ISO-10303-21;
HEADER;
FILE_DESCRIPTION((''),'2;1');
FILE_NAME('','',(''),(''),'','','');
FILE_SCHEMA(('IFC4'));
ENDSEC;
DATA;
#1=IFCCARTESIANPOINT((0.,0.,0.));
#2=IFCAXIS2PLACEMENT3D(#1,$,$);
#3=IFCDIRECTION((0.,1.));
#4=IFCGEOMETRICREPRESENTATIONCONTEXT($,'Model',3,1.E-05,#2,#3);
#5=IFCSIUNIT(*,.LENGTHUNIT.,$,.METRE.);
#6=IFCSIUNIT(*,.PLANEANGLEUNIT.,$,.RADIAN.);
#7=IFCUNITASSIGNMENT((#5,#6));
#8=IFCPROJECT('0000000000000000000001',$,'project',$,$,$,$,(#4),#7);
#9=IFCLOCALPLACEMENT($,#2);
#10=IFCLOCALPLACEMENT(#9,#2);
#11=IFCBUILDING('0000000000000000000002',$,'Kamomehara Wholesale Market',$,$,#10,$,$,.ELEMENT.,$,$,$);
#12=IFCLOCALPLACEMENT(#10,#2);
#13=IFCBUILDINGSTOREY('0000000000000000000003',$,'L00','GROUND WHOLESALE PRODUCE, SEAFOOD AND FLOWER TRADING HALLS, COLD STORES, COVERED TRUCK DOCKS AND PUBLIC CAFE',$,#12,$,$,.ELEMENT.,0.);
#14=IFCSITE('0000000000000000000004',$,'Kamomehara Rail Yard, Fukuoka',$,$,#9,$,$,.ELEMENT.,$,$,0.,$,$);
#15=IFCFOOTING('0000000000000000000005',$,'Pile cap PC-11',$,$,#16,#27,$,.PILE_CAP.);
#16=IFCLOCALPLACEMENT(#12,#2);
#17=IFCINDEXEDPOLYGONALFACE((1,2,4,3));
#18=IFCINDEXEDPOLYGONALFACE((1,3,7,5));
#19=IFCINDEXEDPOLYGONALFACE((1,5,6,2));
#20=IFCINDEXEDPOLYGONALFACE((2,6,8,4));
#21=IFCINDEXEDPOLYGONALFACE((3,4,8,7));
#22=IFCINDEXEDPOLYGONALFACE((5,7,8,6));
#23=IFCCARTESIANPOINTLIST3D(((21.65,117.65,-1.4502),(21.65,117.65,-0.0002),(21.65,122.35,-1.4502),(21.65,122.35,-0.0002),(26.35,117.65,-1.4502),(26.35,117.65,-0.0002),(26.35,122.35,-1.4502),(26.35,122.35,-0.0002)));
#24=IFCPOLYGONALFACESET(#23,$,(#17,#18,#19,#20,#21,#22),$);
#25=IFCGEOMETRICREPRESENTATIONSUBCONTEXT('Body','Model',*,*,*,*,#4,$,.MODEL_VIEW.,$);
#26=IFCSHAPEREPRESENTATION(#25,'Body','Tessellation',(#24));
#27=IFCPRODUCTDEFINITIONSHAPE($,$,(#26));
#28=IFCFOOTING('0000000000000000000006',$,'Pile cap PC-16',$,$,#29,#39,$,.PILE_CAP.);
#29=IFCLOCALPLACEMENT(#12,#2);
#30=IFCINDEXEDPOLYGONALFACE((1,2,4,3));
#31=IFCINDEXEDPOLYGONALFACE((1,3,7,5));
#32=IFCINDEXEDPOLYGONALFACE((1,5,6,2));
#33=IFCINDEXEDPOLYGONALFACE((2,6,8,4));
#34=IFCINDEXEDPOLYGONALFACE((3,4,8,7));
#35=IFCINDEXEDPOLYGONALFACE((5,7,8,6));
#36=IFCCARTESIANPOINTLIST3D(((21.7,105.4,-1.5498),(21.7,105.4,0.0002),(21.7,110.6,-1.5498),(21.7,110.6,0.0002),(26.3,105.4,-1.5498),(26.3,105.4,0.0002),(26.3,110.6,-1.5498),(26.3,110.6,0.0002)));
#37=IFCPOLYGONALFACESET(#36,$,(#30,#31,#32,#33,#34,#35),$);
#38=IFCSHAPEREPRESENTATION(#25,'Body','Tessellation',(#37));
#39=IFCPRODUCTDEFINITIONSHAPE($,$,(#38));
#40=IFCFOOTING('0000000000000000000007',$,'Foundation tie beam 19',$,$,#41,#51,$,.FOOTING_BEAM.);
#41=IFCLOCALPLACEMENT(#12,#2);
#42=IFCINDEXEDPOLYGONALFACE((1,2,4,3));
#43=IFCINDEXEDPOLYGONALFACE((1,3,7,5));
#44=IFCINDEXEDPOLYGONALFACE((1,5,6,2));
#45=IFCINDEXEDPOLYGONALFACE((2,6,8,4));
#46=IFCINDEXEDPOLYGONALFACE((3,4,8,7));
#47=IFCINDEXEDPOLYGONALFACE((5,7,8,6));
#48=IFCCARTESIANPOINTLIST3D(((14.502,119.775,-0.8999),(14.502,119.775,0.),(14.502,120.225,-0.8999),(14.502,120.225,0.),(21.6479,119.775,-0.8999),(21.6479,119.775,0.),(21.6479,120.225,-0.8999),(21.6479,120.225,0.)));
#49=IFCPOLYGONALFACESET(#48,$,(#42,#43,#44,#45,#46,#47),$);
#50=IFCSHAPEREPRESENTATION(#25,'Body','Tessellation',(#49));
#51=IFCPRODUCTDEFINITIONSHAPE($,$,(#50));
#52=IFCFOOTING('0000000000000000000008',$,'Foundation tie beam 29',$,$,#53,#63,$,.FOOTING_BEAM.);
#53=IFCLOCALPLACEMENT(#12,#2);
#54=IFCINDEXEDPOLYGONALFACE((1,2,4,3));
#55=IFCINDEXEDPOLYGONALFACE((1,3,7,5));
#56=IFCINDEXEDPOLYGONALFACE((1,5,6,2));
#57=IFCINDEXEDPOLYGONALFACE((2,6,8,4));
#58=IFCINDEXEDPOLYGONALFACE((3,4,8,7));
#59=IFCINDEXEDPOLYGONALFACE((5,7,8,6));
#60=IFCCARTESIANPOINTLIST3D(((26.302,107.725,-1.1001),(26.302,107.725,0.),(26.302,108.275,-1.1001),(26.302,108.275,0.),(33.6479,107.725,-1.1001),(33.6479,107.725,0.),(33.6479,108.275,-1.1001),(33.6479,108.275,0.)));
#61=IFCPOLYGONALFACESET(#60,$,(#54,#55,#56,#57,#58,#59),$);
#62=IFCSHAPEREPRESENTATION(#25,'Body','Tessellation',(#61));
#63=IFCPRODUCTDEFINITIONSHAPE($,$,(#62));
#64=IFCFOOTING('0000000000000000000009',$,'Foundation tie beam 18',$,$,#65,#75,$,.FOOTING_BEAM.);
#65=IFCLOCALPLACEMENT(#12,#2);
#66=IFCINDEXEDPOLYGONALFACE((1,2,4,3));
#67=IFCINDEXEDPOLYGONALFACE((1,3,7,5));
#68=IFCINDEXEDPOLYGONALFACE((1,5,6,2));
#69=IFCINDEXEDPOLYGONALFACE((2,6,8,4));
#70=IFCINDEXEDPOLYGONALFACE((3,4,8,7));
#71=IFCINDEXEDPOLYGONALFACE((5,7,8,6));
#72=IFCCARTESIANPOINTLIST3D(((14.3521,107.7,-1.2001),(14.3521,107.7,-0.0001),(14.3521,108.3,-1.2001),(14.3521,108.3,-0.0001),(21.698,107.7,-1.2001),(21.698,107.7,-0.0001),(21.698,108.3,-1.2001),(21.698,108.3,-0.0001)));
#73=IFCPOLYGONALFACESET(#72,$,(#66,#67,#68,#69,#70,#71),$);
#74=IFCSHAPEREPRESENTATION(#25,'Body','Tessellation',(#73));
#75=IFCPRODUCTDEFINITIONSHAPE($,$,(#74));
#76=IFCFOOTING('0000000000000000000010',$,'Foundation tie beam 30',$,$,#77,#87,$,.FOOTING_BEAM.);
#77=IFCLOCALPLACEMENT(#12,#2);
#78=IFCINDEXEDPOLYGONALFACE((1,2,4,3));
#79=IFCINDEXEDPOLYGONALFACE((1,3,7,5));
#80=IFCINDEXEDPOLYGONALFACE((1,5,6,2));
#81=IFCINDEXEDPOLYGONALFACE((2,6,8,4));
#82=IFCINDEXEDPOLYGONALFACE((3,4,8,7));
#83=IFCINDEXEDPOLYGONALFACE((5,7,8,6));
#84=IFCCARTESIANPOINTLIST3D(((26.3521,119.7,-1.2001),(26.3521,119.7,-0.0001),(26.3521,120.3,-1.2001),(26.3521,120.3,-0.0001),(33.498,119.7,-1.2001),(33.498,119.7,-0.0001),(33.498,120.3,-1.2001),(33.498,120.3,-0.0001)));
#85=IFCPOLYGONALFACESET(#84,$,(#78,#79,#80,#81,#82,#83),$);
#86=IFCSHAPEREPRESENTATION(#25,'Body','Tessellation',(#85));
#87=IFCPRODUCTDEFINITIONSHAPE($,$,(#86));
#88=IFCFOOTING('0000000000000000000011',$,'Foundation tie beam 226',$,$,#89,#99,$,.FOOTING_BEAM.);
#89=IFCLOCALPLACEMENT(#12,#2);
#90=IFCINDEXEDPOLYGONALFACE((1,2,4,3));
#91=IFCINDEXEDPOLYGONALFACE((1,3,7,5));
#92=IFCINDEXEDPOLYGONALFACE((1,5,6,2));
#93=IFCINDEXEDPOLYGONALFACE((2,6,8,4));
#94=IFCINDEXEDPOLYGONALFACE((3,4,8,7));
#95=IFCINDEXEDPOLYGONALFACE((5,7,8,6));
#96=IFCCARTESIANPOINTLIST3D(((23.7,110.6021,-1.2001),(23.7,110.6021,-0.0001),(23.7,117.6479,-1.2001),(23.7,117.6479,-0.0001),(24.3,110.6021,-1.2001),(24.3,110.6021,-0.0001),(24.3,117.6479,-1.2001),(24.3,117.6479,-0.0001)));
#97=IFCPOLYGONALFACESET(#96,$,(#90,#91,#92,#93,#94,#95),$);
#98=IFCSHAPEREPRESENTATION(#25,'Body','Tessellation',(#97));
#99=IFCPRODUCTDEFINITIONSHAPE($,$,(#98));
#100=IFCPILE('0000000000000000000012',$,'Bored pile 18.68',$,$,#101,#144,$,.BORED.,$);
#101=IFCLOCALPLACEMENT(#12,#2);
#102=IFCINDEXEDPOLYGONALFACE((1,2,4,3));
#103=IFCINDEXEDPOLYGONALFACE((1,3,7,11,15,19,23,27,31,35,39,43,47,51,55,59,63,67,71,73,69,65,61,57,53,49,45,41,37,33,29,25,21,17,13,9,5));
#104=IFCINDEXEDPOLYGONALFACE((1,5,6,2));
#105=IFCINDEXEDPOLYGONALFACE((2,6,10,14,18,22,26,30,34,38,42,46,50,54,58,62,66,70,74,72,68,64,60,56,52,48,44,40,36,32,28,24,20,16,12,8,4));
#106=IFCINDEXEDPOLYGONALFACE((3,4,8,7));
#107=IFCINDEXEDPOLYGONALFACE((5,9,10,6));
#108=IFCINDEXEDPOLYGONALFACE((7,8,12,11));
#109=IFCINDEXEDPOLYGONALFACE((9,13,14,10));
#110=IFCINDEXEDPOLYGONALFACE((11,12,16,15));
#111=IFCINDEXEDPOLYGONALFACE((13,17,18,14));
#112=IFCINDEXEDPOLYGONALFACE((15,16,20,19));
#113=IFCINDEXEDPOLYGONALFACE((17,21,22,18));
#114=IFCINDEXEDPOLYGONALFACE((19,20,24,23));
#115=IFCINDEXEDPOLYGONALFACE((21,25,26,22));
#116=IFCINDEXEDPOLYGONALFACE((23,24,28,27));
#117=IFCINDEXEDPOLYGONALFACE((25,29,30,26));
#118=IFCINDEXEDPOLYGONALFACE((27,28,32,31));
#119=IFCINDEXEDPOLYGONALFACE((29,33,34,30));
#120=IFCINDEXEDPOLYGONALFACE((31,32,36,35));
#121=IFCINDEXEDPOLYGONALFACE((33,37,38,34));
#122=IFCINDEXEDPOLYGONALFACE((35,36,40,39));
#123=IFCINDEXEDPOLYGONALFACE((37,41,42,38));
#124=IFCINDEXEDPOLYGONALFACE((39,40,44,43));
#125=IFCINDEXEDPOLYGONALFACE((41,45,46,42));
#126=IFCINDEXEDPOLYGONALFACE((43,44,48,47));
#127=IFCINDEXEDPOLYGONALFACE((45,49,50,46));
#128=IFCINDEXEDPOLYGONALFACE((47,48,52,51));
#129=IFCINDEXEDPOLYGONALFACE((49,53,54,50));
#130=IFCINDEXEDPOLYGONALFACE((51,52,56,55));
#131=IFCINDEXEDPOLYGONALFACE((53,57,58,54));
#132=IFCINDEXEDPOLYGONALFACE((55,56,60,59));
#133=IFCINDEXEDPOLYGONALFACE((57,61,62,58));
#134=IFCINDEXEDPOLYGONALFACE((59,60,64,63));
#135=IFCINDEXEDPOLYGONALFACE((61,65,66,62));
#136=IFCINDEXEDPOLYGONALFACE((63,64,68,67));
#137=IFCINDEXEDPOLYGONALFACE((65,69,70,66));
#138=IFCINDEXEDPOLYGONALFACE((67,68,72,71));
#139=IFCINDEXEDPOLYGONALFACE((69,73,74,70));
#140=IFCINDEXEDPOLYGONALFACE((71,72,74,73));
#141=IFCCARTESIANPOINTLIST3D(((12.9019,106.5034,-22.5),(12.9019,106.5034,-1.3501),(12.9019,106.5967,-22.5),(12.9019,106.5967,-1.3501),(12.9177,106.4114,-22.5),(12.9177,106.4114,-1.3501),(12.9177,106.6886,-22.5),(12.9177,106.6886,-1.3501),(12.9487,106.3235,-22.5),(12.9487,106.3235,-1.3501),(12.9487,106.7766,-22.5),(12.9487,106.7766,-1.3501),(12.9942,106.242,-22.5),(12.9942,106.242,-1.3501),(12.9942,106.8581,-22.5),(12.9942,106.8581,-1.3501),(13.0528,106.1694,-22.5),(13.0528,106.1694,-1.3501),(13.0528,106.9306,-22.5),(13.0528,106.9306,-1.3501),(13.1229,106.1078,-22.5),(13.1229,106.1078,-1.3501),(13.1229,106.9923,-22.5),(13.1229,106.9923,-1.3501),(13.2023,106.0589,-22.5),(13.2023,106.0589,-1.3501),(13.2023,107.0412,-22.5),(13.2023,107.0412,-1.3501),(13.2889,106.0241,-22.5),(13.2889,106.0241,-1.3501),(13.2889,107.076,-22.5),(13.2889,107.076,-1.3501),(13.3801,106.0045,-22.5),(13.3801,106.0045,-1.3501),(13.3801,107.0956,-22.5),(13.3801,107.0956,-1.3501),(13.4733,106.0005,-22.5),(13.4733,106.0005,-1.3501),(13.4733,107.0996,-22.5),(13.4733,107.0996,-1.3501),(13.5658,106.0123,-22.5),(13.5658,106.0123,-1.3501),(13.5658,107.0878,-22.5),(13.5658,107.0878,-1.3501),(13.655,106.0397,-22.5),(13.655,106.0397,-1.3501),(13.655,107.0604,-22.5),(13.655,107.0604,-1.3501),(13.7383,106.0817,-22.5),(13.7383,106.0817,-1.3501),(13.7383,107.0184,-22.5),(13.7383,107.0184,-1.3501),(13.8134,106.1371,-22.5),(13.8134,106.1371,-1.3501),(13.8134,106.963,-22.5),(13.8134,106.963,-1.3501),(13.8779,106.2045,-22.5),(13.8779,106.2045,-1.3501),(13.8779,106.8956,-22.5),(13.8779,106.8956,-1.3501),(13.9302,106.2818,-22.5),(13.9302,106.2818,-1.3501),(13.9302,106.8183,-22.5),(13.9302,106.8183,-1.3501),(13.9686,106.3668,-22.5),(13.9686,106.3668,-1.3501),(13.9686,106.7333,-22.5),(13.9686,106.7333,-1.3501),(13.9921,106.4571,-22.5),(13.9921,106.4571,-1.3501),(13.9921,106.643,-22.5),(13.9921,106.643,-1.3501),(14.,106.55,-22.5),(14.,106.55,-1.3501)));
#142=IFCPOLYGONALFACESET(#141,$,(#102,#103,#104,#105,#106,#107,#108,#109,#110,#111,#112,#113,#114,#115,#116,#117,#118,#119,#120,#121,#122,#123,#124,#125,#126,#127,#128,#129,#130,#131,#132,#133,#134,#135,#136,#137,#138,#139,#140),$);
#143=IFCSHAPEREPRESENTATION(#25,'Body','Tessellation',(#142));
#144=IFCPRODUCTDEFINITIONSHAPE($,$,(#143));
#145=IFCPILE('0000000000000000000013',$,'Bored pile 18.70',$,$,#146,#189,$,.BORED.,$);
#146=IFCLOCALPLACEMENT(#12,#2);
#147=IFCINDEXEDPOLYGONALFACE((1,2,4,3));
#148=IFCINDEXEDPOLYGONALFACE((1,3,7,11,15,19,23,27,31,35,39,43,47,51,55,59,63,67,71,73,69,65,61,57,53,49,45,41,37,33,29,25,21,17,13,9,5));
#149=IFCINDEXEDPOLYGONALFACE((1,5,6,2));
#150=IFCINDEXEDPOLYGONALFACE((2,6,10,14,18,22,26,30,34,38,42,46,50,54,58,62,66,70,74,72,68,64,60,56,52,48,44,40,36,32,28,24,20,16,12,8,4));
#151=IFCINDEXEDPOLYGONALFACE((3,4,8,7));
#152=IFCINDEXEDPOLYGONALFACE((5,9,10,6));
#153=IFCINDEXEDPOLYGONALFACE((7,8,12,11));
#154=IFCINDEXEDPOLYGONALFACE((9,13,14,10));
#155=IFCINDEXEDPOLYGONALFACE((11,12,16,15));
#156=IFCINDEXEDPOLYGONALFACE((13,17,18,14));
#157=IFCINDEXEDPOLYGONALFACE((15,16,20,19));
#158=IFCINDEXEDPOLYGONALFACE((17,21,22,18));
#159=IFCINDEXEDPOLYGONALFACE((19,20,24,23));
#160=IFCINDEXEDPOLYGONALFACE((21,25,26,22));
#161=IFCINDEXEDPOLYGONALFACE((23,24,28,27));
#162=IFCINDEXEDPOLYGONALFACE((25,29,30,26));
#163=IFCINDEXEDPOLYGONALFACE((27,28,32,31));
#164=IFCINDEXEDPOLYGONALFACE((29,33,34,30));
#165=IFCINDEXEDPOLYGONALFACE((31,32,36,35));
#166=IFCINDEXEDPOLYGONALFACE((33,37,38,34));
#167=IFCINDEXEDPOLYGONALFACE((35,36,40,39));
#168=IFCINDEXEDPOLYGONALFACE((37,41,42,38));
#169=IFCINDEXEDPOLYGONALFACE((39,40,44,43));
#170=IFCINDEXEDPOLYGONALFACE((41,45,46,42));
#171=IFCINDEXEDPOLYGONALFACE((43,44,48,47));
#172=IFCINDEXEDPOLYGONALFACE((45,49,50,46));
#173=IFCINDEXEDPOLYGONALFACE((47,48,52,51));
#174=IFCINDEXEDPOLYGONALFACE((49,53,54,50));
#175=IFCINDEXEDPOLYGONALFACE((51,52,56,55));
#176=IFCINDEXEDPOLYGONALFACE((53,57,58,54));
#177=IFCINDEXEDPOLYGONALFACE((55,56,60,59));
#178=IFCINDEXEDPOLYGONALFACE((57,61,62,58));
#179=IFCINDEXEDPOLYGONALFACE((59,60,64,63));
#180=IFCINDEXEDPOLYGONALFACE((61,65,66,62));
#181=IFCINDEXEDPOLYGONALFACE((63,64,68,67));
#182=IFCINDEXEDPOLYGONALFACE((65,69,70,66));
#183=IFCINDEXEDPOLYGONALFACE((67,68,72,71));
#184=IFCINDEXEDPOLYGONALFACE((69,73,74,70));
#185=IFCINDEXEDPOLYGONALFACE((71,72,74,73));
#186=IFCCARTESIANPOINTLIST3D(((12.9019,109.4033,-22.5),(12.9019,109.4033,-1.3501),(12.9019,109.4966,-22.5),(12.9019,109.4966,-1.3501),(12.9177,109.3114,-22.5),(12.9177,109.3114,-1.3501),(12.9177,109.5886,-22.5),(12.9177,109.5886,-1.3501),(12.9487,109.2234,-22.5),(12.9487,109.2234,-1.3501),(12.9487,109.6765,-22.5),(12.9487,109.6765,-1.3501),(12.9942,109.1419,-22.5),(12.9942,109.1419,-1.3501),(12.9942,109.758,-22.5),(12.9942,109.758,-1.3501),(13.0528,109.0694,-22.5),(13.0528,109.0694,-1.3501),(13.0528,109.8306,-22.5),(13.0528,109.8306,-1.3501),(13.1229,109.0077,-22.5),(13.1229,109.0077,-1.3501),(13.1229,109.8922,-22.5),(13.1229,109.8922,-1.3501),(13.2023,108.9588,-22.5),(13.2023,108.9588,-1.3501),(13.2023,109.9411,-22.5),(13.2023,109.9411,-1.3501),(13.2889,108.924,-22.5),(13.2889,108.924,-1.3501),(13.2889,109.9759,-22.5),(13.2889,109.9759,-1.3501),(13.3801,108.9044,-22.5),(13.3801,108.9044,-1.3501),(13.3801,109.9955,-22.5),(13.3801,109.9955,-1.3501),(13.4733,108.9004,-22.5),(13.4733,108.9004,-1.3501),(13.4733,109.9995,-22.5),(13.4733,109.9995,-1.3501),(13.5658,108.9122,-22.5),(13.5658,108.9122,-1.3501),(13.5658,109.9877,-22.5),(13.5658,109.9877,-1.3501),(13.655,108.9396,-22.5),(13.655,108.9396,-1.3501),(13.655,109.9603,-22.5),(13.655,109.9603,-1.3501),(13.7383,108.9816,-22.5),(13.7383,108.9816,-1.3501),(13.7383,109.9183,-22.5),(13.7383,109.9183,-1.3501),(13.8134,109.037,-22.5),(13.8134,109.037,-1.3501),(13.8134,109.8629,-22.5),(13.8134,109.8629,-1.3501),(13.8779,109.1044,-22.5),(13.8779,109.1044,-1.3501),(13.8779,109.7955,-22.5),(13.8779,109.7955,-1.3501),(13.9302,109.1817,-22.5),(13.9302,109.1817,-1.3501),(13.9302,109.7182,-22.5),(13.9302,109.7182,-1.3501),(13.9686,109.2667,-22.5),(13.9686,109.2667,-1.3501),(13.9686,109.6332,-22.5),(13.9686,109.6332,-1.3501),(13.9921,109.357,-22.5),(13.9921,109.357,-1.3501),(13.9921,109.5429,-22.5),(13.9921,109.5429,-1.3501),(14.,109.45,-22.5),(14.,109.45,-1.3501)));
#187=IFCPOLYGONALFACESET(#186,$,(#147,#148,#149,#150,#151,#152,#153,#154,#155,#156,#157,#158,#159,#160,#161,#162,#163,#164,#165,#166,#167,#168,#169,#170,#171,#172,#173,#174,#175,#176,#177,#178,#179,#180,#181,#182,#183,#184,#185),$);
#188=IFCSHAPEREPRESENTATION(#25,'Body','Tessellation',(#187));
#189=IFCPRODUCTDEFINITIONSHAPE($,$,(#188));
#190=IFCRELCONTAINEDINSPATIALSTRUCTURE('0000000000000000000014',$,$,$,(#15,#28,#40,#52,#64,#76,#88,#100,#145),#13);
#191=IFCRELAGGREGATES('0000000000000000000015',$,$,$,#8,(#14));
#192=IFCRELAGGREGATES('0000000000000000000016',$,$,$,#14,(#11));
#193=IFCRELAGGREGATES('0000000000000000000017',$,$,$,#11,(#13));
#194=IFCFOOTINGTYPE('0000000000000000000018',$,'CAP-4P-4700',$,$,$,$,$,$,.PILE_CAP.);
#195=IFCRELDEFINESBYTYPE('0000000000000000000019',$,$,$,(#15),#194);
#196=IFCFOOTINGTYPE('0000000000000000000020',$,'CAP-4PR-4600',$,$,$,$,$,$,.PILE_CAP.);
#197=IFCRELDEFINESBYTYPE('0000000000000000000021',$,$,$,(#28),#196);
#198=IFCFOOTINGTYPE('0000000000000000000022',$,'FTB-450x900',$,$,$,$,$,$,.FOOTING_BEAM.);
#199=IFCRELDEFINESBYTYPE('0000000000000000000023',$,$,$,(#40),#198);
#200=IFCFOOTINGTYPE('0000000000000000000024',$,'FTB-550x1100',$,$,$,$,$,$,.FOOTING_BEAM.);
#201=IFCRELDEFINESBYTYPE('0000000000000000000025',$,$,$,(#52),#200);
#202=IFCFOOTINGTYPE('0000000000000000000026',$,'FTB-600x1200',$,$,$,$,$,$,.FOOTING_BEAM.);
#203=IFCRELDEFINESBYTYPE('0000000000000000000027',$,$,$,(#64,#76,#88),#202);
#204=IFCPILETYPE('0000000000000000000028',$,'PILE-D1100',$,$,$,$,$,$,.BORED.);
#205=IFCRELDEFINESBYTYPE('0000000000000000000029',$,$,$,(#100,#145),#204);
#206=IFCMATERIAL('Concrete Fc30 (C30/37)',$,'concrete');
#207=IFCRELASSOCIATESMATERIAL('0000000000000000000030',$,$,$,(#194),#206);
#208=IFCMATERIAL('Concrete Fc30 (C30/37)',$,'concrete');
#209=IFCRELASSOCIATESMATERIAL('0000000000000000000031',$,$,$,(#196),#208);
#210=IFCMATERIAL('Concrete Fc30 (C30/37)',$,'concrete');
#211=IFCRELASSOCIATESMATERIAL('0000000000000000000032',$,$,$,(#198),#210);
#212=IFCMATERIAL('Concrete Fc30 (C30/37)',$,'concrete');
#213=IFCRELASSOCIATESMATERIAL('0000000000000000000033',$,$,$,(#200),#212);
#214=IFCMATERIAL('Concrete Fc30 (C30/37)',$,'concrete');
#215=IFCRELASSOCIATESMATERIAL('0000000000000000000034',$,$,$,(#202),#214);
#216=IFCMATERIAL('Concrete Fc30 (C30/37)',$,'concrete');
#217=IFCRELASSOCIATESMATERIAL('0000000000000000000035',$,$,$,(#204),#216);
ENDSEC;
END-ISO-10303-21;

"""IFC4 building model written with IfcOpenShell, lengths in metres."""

from ifc_helpers import new_model, si_unit, direction, frame, origin, origin_2d, place, context, subcontext, project, spatial, rectangle, circle, extrude, material, material_profile, profile_set, type_object, element, save


model = new_model("IFC4")

# Units and contexts
model_context = context("Model", 3, precision=1e-05, world=origin(), true_north=direction((0.0, 1.0)))
body_context = subcontext(model_context, "Body", "Model", "MODEL_VIEW")
ifc_project = project(units=[si_unit("LENGTHUNIT", "METRE"), si_unit("PLANEANGLEUNIT", "RADIAN")], contexts=[model_context])

# Site, building, storey
site_placement = place(None, origin())
site = spatial("IfcSite", under=ifc_project, at=site_placement, Name="Kamomehara Rail Yard, Fukuoka", CompositionType="ELEMENT", RefElevation=0.0)
building_placement = place(site_placement, origin())
building = spatial("IfcBuilding", under=site, at=building_placement, Name="Kamomehara Wholesale Market", CompositionType="ELEMENT")
storey_placement = place(building_placement, origin())
storey = spatial("IfcBuildingStorey", under=building, at=storey_placement, Name="L00", Description="GROUND WHOLESALE PRODUCE, SEAFOOD AND FLOWER TRADING HALLS, COLD STORES, COVERED TRUCK DOCKS AND PUBLIC CAFE", CompositionType="ELEMENT", Elevation=0.0)

# Footings
ifc_material_1 = material(Name="Concrete Fc30 (C30/37)", Category="concrete")
footing_type_1 = type_object("IfcFootingType", Name="CAP-4P-4700", PredefinedType="PILE_CAP", material=ifc_material_1)
footing_1_placement = place(storey_placement, frame((24.0, 120.0, -1.4502), z_axis=(0.0, 0.0, 1.0), x_axis=(1.0, 0.0, 0.0)))
element("IfcFooting", 1, at=footing_1_placement, inside=storey, type_object=footing_type_1, Name="Pile cap PC-11", PredefinedType="PILE_CAP", context=body_context, shape_type="SweptSolid", body=[
    extrude(rectangle(XDim=4.7, YDim=4.7, at=origin_2d()), origin(), (0.0, 0.0, 1.0), 1.45),
])
ifc_material_2 = material(Name="Concrete Fc30 (C30/37)", Category="concrete")
footing_type_2 = type_object("IfcFootingType", Name="CAP-4PR-4600", PredefinedType="PILE_CAP", material=ifc_material_2)
footing_2_placement = place(storey_placement, frame((24.0, 108.0, -1.5498), z_axis=(0.0, 0.0, 1.0), x_axis=(1.0, 0.0, 0.0)))
element("IfcFooting", 2, at=footing_2_placement, inside=storey, type_object=footing_type_2, Name="Pile cap PC-16", PredefinedType="PILE_CAP", context=body_context, shape_type="SweptSolid", body=[
    extrude(rectangle(XDim=4.6001, YDim=5.2, at=origin_2d()), origin(), (0.0, 0.0, 1.0), 1.55),
])
ifc_material_3 = material(Name="Concrete Fc30 (C30/37)", Category="concrete")
ifc_material_profile_1 = material_profile(ifc_material_3, rectangle(XDim=0.45, YDim=0.8999, at=origin_2d()), Name="RC-FTB-450x900")
ifc_profile_set_1 = profile_set([ifc_material_profile_1], Name="Concrete Fc30 (C30/37)")
footing_type_3 = type_object("IfcFootingType", Name="FTB-450x900", PredefinedType="FOOTING_BEAM", material=ifc_profile_set_1)
footing_3_placement = place(storey_placement, frame((14.502, 120.0, -0.45), z_axis=(1.0, 0.0, 0.0), x_axis=(0.0, 1.0, 0.0)))
element("IfcFooting", 3, at=footing_3_placement, inside=storey, type_object=footing_type_3, Name="Foundation tie beam 19", PredefinedType="FOOTING_BEAM", context=body_context, shape_type="SweptSolid", body=[
    extrude(rectangle(XDim=0.45, YDim=0.8999, at=origin_2d()), origin(), (0.0, 0.0, 1.0), 7.146),
])
ifc_material_4 = material(Name="Concrete Fc30 (C30/37)", Category="concrete")
ifc_material_profile_2 = material_profile(ifc_material_4, rectangle(XDim=0.55, YDim=1.1001, at=origin_2d()), Name="RC-FTB-550x1100")
ifc_profile_set_2 = profile_set([ifc_material_profile_2], Name="Concrete Fc30 (C30/37)")
footing_type_4 = type_object("IfcFootingType", Name="FTB-550x1100", PredefinedType="FOOTING_BEAM", material=ifc_profile_set_2)
footing_4_placement = place(storey_placement, frame((26.302, 108.0, -0.55), z_axis=(1.0, 0.0, 0.0), x_axis=(0.0, 1.0, 0.0)))
element("IfcFooting", 4, at=footing_4_placement, inside=storey, type_object=footing_type_4, Name="Foundation tie beam 29", PredefinedType="FOOTING_BEAM", context=body_context, shape_type="SweptSolid", body=[
    extrude(rectangle(XDim=0.55, YDim=1.1001, at=origin_2d()), origin(), (0.0, 0.0, 1.0), 7.3459),
])
ifc_material_5 = material(Name="Concrete Fc30 (C30/37)", Category="concrete")
ifc_material_profile_3 = material_profile(ifc_material_5, rectangle(XDim=0.6001, YDim=1.2, at=origin_2d()), Name="RC-FTB-600x1200")
ifc_profile_set_3 = profile_set([ifc_material_profile_3], Name="Concrete Fc30 (C30/37)")
footing_type_5 = type_object("IfcFootingType", Name="FTB-600x1200", PredefinedType="FOOTING_BEAM", material=ifc_profile_set_3)
footing_5_placement = place(storey_placement, frame((14.3521, 108.0, -0.6001), z_axis=(1.0, 0.0, 0.0), x_axis=(0.0, 1.0, 0.0)))
element("IfcFooting", 5, at=footing_5_placement, inside=storey, type_object=footing_type_5, Name="Foundation tie beam 18", PredefinedType="FOOTING_BEAM", context=body_context, shape_type="SweptSolid", body=[
    extrude(rectangle(XDim=0.6001, YDim=1.2, at=origin_2d()), origin(), (0.0, 0.0, 1.0), 7.3459),
])
footing_6_placement = place(storey_placement, frame((26.3521, 120.0, -0.6001), z_axis=(1.0, 0.0, 0.0), x_axis=(0.0, 1.0, 0.0)))
element("IfcFooting", 6, at=footing_6_placement, inside=storey, type_object=footing_type_5, Name="Foundation tie beam 30", PredefinedType="FOOTING_BEAM", context=body_context, shape_type="SweptSolid", body=[
    extrude(rectangle(XDim=0.6001, YDim=1.2, at=origin_2d()), origin(), (0.0, 0.0, 1.0), 7.146),
])
footing_7_placement = place(storey_placement, frame((24.0, 110.6021, -0.6001), z_axis=(0.0, 1.0, 0.0), x_axis=(-1.0, 0.0, 0.0)))
element("IfcFooting", 7, at=footing_7_placement, inside=storey, type_object=footing_type_5, Name="Foundation tie beam 226", PredefinedType="FOOTING_BEAM", context=body_context, shape_type="SweptSolid", body=[
    extrude(rectangle(XDim=0.6001, YDim=1.2, at=origin_2d()), origin(), (0.0, 0.0, 1.0), 7.0459),
])

# Piles
ifc_material_6 = material(Name="Concrete Fc30 (C30/37)", Category="concrete")
ifc_material_profile_4 = material_profile(ifc_material_6, circle(Radius=0.55, at=origin_2d()), Name="RC-PILE-D1100")
ifc_profile_set_4 = profile_set([ifc_material_profile_4], Name="Concrete Fc30 (C30/37)")
pile_type_1 = type_object("IfcPileType", Name="PILE-D1100", PredefinedType="BORED", material=ifc_profile_set_4)
for number, where, z_axis, x_axis, name in (
    (8, (13.45, 106.55, -1.3501), (0.0, 0.0, -1.0), (1.0, 0.0, 0.0), "Bored pile 18.68"),
    (9, (13.45, 109.45, -1.3501), (0.0, 0.0, -1.0), (1.0, 0.0, 0.0), "Bored pile 18.70"),
):
    element("IfcPile", number, at=place(storey_placement, frame(where, z_axis=z_axis, x_axis=x_axis)), inside=storey, type_object=pile_type_1, Name=name, PredefinedType="BORED", context=body_context, shape_type="SweptSolid", body=[
        extrude(circle(Radius=0.55, at=origin_2d()), origin(), (0.0, 0.0, 1.0), 21.1499),
    ])

save(model, "model.ifc")
